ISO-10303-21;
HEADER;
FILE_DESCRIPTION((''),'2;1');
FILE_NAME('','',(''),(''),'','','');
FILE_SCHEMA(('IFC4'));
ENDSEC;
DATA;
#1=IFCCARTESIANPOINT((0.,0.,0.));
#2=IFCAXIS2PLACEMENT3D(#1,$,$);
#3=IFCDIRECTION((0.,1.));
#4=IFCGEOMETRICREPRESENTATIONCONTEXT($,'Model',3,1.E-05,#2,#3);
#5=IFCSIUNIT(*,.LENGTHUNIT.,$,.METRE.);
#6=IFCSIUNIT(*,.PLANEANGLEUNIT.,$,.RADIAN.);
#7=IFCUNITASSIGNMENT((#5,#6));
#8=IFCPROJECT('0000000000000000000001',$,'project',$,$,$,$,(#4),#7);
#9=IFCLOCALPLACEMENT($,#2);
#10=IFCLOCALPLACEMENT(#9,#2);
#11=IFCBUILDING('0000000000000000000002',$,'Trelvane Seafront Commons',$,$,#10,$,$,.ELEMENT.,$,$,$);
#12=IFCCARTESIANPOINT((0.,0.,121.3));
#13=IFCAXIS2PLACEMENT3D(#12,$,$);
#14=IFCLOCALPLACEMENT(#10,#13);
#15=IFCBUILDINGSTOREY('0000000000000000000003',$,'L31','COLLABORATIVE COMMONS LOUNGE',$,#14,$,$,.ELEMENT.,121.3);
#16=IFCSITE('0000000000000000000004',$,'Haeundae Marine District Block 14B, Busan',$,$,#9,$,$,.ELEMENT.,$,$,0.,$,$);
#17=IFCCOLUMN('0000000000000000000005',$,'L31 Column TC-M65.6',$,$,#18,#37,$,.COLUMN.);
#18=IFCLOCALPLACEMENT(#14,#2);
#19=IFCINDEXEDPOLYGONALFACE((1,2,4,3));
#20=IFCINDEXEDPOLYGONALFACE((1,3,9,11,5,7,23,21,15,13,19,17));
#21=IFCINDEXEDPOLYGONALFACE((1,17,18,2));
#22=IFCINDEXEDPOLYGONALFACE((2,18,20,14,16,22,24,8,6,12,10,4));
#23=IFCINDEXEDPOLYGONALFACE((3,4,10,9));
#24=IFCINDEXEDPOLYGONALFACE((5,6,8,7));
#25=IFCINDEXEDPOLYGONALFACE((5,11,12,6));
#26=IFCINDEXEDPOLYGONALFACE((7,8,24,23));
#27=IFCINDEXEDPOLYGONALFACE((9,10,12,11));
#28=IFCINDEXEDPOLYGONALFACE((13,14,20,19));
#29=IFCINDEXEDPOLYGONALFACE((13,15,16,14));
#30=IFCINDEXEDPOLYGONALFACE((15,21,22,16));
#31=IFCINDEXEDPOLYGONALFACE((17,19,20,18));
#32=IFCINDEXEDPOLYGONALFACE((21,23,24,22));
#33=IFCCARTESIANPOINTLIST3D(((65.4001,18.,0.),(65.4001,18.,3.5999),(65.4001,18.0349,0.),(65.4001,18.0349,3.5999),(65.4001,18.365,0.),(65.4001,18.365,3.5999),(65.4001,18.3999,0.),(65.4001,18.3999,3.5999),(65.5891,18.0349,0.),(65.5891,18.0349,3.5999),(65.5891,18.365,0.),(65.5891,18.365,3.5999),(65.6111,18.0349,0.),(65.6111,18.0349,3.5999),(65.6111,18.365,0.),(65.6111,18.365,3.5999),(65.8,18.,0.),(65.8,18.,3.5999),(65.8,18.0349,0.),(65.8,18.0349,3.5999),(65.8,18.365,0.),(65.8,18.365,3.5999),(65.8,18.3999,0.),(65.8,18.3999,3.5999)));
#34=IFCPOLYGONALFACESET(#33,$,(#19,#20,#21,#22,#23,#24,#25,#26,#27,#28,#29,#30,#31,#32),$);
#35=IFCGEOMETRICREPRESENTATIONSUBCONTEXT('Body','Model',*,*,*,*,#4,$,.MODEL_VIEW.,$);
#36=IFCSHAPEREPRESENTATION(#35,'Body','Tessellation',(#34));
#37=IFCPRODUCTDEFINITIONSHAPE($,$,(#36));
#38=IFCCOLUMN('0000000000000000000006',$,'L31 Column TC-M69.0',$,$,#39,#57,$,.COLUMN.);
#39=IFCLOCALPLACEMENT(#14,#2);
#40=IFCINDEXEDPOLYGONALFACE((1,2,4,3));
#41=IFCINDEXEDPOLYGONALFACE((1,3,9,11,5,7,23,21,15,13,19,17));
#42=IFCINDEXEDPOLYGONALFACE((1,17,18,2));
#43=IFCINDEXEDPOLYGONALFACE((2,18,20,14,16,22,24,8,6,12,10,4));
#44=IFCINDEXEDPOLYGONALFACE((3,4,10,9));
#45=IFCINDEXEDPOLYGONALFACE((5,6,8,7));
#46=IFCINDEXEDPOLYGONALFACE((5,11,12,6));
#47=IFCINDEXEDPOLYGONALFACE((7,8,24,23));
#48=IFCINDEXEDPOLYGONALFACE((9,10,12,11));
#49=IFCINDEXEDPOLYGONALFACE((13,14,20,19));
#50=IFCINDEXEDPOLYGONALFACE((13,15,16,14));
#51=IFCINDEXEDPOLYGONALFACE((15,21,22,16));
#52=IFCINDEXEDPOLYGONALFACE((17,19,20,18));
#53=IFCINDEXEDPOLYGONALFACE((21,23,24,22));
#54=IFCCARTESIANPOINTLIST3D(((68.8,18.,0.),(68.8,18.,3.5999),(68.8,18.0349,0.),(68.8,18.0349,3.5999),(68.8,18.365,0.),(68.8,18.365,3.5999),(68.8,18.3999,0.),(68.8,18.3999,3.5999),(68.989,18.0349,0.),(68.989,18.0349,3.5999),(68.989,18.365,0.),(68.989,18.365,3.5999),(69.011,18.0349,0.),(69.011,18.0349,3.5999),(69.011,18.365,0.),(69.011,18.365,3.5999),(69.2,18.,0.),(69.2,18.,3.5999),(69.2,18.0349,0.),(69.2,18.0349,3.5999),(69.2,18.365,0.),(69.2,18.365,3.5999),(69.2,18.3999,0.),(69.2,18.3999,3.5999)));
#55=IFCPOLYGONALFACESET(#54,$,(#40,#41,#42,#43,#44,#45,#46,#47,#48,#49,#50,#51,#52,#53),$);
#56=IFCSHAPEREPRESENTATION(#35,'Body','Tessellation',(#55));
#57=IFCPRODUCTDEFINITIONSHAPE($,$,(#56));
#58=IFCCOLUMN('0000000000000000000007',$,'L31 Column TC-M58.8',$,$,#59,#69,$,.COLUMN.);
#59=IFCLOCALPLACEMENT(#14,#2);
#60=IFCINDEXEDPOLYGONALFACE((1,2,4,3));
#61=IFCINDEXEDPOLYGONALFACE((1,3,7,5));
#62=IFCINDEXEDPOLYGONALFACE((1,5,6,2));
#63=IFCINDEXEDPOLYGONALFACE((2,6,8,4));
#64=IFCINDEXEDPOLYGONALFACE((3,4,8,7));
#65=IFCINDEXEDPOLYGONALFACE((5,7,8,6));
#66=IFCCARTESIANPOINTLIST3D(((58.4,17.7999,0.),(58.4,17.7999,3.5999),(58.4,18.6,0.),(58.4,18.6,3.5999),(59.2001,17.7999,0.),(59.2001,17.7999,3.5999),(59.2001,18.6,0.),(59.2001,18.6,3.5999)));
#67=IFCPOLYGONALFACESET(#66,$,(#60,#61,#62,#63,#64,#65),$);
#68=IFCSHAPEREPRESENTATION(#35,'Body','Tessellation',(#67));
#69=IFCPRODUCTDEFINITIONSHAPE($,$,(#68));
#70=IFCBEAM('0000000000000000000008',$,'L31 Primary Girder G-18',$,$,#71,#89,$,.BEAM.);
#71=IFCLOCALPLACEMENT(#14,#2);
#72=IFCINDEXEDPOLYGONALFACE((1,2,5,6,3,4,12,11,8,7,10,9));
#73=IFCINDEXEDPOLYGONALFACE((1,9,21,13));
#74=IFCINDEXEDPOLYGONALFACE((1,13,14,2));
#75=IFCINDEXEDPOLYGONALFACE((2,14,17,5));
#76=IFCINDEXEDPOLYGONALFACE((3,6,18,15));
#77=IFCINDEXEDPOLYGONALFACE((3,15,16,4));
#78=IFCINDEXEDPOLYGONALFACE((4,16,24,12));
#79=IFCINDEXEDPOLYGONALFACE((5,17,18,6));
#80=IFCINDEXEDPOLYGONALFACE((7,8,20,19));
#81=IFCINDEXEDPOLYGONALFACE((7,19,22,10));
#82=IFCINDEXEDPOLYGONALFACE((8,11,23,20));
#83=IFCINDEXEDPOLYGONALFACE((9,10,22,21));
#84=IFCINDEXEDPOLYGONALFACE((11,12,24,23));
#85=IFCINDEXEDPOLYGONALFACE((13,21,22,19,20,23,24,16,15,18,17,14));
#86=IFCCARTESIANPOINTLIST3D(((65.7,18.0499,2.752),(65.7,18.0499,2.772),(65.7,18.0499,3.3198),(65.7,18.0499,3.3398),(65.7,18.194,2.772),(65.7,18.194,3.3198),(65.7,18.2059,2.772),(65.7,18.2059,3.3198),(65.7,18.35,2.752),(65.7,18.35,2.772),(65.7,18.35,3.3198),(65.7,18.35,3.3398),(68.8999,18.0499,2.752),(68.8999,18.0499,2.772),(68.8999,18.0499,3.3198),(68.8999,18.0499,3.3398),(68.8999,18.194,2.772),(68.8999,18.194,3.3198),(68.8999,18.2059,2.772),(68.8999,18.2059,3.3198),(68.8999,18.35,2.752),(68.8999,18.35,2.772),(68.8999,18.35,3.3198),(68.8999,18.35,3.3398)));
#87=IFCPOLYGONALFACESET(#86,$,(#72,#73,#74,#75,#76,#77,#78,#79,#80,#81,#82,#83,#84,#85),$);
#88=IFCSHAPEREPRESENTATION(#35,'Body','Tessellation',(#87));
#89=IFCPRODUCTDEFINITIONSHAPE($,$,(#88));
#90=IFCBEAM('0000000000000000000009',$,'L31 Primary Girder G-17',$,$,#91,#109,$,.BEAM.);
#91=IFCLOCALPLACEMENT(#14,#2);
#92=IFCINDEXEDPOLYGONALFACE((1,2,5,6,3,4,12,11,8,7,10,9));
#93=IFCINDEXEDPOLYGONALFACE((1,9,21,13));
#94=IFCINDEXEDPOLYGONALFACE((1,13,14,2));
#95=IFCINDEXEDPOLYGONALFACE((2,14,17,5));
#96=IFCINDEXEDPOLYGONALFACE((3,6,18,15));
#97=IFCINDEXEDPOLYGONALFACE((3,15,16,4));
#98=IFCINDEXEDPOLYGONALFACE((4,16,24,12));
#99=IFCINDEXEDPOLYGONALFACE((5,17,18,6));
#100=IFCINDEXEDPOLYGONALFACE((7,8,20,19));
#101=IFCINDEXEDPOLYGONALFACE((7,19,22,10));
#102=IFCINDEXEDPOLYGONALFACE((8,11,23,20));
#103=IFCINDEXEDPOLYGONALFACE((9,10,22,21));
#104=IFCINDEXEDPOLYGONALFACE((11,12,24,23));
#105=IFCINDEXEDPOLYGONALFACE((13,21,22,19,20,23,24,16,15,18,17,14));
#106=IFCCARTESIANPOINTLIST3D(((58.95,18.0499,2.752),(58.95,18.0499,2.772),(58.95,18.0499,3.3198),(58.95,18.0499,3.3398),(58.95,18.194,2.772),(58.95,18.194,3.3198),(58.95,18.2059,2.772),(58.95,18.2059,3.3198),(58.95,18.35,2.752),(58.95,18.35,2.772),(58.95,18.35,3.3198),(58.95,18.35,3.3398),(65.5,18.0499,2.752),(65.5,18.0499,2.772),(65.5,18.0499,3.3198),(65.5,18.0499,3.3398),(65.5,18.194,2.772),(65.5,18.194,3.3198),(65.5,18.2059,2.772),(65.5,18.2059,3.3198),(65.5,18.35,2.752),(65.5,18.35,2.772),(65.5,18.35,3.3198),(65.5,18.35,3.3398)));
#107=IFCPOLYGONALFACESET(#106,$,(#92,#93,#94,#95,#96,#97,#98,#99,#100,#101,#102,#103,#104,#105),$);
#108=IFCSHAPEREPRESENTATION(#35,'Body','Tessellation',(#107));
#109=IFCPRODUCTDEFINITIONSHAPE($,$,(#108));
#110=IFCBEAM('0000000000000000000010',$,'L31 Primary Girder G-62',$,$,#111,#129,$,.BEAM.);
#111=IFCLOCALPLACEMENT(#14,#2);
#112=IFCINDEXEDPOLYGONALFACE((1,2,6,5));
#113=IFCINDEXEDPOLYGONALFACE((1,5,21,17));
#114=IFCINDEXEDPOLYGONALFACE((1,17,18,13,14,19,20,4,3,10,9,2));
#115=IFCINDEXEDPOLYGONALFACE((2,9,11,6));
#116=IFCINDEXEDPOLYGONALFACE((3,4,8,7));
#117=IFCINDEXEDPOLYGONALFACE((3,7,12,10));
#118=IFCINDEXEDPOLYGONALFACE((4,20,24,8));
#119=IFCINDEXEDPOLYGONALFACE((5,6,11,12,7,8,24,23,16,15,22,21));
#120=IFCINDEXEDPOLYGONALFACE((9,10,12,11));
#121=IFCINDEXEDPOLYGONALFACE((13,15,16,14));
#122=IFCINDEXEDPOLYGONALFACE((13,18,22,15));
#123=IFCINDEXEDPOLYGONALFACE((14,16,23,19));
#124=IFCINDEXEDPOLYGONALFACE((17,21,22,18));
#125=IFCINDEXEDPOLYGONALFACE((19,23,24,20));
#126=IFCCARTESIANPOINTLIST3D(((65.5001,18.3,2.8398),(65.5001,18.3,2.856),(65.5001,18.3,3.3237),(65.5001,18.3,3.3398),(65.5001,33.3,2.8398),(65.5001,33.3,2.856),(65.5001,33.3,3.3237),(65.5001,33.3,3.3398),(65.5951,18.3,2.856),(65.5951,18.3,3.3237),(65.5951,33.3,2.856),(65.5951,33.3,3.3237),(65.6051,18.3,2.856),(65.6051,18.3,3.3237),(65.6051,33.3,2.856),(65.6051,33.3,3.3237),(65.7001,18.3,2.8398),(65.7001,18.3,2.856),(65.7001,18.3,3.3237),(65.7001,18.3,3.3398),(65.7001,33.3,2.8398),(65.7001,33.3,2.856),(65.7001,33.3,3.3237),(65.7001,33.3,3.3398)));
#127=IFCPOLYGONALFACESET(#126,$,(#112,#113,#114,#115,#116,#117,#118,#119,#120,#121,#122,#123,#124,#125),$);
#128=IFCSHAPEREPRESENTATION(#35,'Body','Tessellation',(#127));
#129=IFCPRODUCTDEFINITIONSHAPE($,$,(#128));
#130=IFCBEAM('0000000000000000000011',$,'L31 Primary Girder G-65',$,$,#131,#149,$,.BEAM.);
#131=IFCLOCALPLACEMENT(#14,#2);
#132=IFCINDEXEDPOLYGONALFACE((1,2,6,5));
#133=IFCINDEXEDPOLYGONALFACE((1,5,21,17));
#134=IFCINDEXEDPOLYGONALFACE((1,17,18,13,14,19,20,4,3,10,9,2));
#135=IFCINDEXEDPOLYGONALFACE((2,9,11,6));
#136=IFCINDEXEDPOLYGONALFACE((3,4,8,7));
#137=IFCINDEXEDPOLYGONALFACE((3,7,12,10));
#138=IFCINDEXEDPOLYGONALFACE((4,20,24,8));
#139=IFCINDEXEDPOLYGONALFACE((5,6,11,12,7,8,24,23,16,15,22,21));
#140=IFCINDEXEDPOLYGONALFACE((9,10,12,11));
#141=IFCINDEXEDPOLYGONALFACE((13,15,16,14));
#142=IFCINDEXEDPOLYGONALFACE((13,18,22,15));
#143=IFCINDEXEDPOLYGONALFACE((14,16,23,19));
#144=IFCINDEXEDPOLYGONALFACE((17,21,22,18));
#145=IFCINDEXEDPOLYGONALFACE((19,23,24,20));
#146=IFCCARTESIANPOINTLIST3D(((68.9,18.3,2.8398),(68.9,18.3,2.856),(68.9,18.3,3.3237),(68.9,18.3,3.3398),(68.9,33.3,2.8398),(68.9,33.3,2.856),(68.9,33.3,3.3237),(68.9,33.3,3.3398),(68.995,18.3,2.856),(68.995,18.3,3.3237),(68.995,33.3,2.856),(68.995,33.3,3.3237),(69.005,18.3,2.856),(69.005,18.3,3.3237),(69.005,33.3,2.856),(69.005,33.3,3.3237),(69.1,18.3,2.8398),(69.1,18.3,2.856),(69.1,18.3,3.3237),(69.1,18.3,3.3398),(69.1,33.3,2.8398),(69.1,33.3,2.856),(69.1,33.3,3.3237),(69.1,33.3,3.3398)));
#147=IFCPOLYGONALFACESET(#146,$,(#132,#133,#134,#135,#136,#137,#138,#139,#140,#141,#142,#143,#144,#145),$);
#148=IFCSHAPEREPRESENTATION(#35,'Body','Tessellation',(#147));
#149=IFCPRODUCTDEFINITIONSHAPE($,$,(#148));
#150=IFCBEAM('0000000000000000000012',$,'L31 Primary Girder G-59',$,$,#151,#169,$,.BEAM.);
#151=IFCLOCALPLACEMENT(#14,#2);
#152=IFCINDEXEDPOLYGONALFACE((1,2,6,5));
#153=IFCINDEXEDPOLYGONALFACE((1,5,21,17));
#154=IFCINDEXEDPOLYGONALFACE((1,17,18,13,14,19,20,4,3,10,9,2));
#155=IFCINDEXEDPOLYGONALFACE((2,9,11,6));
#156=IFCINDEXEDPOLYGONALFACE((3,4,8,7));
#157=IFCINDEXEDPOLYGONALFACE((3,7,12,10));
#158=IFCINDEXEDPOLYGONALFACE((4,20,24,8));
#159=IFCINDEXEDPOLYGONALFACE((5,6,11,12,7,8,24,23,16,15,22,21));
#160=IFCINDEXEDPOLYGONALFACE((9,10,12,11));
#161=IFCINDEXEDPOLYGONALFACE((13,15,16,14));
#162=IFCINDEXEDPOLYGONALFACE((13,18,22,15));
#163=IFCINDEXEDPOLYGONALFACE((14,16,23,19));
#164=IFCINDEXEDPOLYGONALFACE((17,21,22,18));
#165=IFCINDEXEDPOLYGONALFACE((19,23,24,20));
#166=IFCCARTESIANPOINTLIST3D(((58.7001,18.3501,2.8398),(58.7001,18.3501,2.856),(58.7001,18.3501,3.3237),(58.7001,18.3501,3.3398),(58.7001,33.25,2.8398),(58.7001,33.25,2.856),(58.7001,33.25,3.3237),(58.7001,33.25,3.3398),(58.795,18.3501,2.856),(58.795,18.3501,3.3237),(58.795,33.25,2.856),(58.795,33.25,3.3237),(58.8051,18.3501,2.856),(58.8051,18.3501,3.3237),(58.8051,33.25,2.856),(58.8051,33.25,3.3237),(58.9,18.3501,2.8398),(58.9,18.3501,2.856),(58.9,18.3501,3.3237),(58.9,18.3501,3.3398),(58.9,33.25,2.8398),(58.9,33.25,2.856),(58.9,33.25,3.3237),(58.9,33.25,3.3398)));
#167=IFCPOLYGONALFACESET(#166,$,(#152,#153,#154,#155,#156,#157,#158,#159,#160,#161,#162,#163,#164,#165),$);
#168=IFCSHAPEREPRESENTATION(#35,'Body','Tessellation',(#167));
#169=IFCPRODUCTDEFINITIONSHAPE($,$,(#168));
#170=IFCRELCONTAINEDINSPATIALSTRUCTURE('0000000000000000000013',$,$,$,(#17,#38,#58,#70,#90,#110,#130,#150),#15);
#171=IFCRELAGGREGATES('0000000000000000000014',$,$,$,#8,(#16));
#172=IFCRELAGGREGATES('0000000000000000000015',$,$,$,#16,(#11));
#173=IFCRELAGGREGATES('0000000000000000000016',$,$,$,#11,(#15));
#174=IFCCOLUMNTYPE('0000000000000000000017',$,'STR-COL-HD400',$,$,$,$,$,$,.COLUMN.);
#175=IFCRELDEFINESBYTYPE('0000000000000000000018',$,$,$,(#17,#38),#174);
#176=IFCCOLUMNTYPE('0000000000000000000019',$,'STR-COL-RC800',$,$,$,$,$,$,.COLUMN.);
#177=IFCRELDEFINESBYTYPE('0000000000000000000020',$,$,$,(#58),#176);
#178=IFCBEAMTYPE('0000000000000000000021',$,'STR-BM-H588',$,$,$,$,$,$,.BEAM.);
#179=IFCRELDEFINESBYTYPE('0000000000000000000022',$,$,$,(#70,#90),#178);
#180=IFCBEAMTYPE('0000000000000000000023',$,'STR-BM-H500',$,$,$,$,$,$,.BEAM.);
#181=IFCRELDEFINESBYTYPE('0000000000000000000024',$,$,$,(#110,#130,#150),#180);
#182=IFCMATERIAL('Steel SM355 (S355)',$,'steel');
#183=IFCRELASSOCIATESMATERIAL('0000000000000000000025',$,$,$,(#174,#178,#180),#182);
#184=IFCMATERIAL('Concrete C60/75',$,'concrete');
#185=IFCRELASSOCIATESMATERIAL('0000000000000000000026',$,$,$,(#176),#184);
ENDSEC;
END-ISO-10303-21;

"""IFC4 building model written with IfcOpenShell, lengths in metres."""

from ifc_helpers import new_model, si_unit, direction, frame, origin, origin_2d, place, context, subcontext, project, spatial, rectangle, i_section, extrude, source, transform, mapped, material, material_profile, profile_set, type_object, element, save


model = new_model("IFC4")

# Units and contexts
model_context = context("Model", 3, precision=1e-05, world=origin(), true_north=direction((0.0, 1.0)))
body_context = subcontext(model_context, "Body", "Model", "MODEL_VIEW")
ifc_project = project(units=[si_unit("LENGTHUNIT", "METRE"), si_unit("PLANEANGLEUNIT", "RADIAN")], contexts=[model_context])

# Site, building, storey
site_placement = place(None, origin())
site = spatial("IfcSite", under=ifc_project, at=site_placement, Name="Haeundae Marine District Block 14B, Busan", CompositionType="ELEMENT", RefElevation=0.0)
building_placement = place(site_placement, origin())
building = spatial("IfcBuilding", under=site, at=building_placement, Name="Trelvane Seafront Commons", CompositionType="ELEMENT")
storey_placement = place(building_placement, frame((0.0, 0.0, 121.3)))
storey = spatial("IfcBuildingStorey", under=building, at=storey_placement, Name="L31", Description="COLLABORATIVE COMMONS LOUNGE", CompositionType="ELEMENT", Elevation=121.3)

# Columns
ifc_material_1 = material(Name="Steel SM355 (S355)", Category="steel")
ifc_material_profile_1 = material_profile(ifc_material_1, i_section(OverallWidth=0.3999, OverallDepth=0.3999, WebThickness=0.022, FlangeThickness=0.0349, at=origin_2d()), Name="HD-400x400x22x35")
ifc_profile_set_1 = profile_set([ifc_material_profile_1], Name="Steel SM355 (S355)")
column_type_1 = type_object("IfcColumnType", Name="STR-COL-HD400", PredefinedType="COLUMN", material=ifc_profile_set_1)
shared_shape_1 = source(origin(), body_context, "Body", "SweptSolid", [
    extrude(i_section(OverallWidth=0.3999, OverallDepth=0.3999, WebThickness=0.022, FlangeThickness=0.0349, at=origin_2d()), origin(), (0.0, 0.0, 1.0), 3.5999),
])
for number, where, z_axis, x_axis, name in (
    (1, (65.6001, 18.2, 0.0), (0.0, 0.0, 1.0), (1.0, 0.0, 0.0), "L31 Column TC-M65.6"),
    (2, (69.0, 18.2, 0.0), (0.0, 0.0, 1.0), (1.0, 0.0, 0.0), "L31 Column TC-M69.0"),
):
    element("IfcColumn", number, at=place(storey_placement, frame(where, z_axis=z_axis, x_axis=x_axis)), inside=storey, type_object=column_type_1, Name=name, PredefinedType="COLUMN", context=body_context, shape_type="MappedRepresentation", body=[
        mapped(shared_shape_1, transform((0.0, 0.0, 0.0), x_axis=(1.0, 0.0, 0.0), y_axis=(0.0, 1.0, 0.0), z_axis=(0.0, 0.0, 1.0), scale=1.0)),
    ])
ifc_material_2 = material(Name="Concrete C60/75", Category="concrete")
ifc_material_profile_2 = material_profile(ifc_material_2, rectangle(XDim=0.8, YDim=0.8, at=origin_2d()), Name="RC-800x800")
ifc_profile_set_2 = profile_set([ifc_material_profile_2], Name="Concrete C60/75")
column_type_2 = type_object("IfcColumnType", Name="STR-COL-RC800", PredefinedType="COLUMN", material=ifc_profile_set_2)
shared_shape_2 = source(origin(), body_context, "Body", "SweptSolid", [
    extrude(rectangle(XDim=0.8, YDim=0.8, at=origin_2d()), origin(), (0.0, 0.0, 1.0), 3.5999),
])
column_placement = place(storey_placement, frame((58.8, 18.2, 0.0), z_axis=(0.0, 0.0, 1.0), x_axis=(1.0, 0.0, 0.0)))
element("IfcColumn", 3, at=column_placement, inside=storey, type_object=column_type_2, Name="L31 Column TC-M58.8", PredefinedType="COLUMN", context=body_context, shape_type="MappedRepresentation", body=[
    mapped(shared_shape_2, transform((0.0, 0.0, 0.0), x_axis=(1.0, 0.0, 0.0), y_axis=(0.0, 1.0, 0.0), z_axis=(0.0, 0.0, 1.0), scale=1.0)),
])

# Beams
ifc_material_profile_3 = material_profile(ifc_material_1, i_section(OverallWidth=0.3, OverallDepth=0.5879, WebThickness=0.012, FlangeThickness=0.02, at=origin_2d()), Name="H-588x300x12x20")
ifc_profile_set_3 = profile_set([ifc_material_profile_3], Name="Steel SM355 (S355)")
beam_type_1 = type_object("IfcBeamType", Name="STR-BM-H588", PredefinedType="BEAM", material=ifc_profile_set_3)
shared_shape_3 = source(origin(), body_context, "Body", "SweptSolid", [
    extrude(i_section(OverallWidth=0.3, OverallDepth=0.5879, WebThickness=0.012, FlangeThickness=0.02, at=origin_2d()), origin(), (0.0, 0.0, 1.0), 3.2),
])
beam_1_placement = place(storey_placement, frame((65.7, 18.2, 3.0459), z_axis=(1.0, 0.0, 0.0), x_axis=(0.0, 1.0, 0.0)))
element("IfcBeam", 4, at=beam_1_placement, inside=storey, type_object=beam_type_1, Name="L31 Primary Girder G-18", PredefinedType="BEAM", context=body_context, shape_type="MappedRepresentation", body=[
    mapped(shared_shape_3, transform((0.0, 0.0, 0.0), x_axis=(1.0, 0.0, 0.0), y_axis=(0.0, 1.0, 0.0), z_axis=(0.0, 0.0, 1.0), scale=1.0)),
])
shared_shape_4 = source(origin(), body_context, "Body", "SweptSolid", [
    extrude(i_section(OverallWidth=0.3, OverallDepth=0.5879, WebThickness=0.012, FlangeThickness=0.02, at=origin_2d()), origin(), (0.0, 0.0, 1.0), 6.55),
])
beam_2_placement = place(storey_placement, frame((58.95, 18.2, 3.0459), z_axis=(1.0, 0.0, 0.0), x_axis=(0.0, 1.0, 0.0)))
element("IfcBeam", 5, at=beam_2_placement, inside=storey, type_object=beam_type_1, Name="L31 Primary Girder G-17", PredefinedType="BEAM", context=body_context, shape_type="MappedRepresentation", body=[
    mapped(shared_shape_4, transform((0.0, 0.0, 0.0), x_axis=(1.0, 0.0, 0.0), y_axis=(0.0, 1.0, 0.0), z_axis=(0.0, 0.0, 1.0), scale=1.0)),
])
ifc_material_profile_4 = material_profile(ifc_material_1, i_section(OverallWidth=0.2, OverallDepth=0.5, WebThickness=0.01, FlangeThickness=0.0161, at=origin_2d()), Name="H-500x200x10x16")
ifc_profile_set_4 = profile_set([ifc_material_profile_4], Name="Steel SM355 (S355)")
beam_type_2 = type_object("IfcBeamType", Name="STR-BM-H500", PredefinedType="BEAM", material=ifc_profile_set_4)
shared_shape_5 = source(origin(), body_context, "Body", "SweptSolid", [
    extrude(i_section(OverallWidth=0.2, OverallDepth=0.5, WebThickness=0.01, FlangeThickness=0.0161, at=origin_2d()), origin(), (0.0, 0.0, 1.0), 15.0),
])
for number, where, z_axis, x_axis, name in (
    (6, (65.6001, 18.3, 3.0898), (0.0, 1.0, 0.0), (-1.0, 0.0, 0.0), "L31 Primary Girder G-62"),
    (7, (69.0, 18.3, 3.0898), (0.0, 1.0, 0.0), (-1.0, 0.0, 0.0), "L31 Primary Girder G-65"),
):
    element("IfcBeam", number, at=place(storey_placement, frame(where, z_axis=z_axis, x_axis=x_axis)), inside=storey, type_object=beam_type_2, Name=name, PredefinedType="BEAM", context=body_context, shape_type="MappedRepresentation", body=[
        mapped(shared_shape_5, transform((0.0, 0.0, 0.0), x_axis=(1.0, 0.0, 0.0), y_axis=(0.0, 1.0, 0.0), z_axis=(0.0, 0.0, 1.0), scale=1.0)),
    ])
shared_shape_6 = source(origin(), body_context, "Body", "SweptSolid", [
    extrude(i_section(OverallWidth=0.2, OverallDepth=0.5, WebThickness=0.01, FlangeThickness=0.0161, at=origin_2d()), origin(), (0.0, 0.0, 1.0), 14.8999),
])
beam_3_placement = place(storey_placement, frame((58.8, 18.3501, 3.0898), z_axis=(0.0, 1.0, 0.0), x_axis=(-1.0, 0.0, 0.0)))
element("IfcBeam", 8, at=beam_3_placement, inside=storey, type_object=beam_type_2, Name="L31 Primary Girder G-59", PredefinedType="BEAM", context=body_context, shape_type="MappedRepresentation", body=[
    mapped(shared_shape_6, transform((0.0, 0.0, 0.0), x_axis=(1.0, 0.0, 0.0), y_axis=(0.0, 1.0, 0.0), z_axis=(0.0, 0.0, 1.0), scale=1.0)),
])

save(model, "model.ifc")
